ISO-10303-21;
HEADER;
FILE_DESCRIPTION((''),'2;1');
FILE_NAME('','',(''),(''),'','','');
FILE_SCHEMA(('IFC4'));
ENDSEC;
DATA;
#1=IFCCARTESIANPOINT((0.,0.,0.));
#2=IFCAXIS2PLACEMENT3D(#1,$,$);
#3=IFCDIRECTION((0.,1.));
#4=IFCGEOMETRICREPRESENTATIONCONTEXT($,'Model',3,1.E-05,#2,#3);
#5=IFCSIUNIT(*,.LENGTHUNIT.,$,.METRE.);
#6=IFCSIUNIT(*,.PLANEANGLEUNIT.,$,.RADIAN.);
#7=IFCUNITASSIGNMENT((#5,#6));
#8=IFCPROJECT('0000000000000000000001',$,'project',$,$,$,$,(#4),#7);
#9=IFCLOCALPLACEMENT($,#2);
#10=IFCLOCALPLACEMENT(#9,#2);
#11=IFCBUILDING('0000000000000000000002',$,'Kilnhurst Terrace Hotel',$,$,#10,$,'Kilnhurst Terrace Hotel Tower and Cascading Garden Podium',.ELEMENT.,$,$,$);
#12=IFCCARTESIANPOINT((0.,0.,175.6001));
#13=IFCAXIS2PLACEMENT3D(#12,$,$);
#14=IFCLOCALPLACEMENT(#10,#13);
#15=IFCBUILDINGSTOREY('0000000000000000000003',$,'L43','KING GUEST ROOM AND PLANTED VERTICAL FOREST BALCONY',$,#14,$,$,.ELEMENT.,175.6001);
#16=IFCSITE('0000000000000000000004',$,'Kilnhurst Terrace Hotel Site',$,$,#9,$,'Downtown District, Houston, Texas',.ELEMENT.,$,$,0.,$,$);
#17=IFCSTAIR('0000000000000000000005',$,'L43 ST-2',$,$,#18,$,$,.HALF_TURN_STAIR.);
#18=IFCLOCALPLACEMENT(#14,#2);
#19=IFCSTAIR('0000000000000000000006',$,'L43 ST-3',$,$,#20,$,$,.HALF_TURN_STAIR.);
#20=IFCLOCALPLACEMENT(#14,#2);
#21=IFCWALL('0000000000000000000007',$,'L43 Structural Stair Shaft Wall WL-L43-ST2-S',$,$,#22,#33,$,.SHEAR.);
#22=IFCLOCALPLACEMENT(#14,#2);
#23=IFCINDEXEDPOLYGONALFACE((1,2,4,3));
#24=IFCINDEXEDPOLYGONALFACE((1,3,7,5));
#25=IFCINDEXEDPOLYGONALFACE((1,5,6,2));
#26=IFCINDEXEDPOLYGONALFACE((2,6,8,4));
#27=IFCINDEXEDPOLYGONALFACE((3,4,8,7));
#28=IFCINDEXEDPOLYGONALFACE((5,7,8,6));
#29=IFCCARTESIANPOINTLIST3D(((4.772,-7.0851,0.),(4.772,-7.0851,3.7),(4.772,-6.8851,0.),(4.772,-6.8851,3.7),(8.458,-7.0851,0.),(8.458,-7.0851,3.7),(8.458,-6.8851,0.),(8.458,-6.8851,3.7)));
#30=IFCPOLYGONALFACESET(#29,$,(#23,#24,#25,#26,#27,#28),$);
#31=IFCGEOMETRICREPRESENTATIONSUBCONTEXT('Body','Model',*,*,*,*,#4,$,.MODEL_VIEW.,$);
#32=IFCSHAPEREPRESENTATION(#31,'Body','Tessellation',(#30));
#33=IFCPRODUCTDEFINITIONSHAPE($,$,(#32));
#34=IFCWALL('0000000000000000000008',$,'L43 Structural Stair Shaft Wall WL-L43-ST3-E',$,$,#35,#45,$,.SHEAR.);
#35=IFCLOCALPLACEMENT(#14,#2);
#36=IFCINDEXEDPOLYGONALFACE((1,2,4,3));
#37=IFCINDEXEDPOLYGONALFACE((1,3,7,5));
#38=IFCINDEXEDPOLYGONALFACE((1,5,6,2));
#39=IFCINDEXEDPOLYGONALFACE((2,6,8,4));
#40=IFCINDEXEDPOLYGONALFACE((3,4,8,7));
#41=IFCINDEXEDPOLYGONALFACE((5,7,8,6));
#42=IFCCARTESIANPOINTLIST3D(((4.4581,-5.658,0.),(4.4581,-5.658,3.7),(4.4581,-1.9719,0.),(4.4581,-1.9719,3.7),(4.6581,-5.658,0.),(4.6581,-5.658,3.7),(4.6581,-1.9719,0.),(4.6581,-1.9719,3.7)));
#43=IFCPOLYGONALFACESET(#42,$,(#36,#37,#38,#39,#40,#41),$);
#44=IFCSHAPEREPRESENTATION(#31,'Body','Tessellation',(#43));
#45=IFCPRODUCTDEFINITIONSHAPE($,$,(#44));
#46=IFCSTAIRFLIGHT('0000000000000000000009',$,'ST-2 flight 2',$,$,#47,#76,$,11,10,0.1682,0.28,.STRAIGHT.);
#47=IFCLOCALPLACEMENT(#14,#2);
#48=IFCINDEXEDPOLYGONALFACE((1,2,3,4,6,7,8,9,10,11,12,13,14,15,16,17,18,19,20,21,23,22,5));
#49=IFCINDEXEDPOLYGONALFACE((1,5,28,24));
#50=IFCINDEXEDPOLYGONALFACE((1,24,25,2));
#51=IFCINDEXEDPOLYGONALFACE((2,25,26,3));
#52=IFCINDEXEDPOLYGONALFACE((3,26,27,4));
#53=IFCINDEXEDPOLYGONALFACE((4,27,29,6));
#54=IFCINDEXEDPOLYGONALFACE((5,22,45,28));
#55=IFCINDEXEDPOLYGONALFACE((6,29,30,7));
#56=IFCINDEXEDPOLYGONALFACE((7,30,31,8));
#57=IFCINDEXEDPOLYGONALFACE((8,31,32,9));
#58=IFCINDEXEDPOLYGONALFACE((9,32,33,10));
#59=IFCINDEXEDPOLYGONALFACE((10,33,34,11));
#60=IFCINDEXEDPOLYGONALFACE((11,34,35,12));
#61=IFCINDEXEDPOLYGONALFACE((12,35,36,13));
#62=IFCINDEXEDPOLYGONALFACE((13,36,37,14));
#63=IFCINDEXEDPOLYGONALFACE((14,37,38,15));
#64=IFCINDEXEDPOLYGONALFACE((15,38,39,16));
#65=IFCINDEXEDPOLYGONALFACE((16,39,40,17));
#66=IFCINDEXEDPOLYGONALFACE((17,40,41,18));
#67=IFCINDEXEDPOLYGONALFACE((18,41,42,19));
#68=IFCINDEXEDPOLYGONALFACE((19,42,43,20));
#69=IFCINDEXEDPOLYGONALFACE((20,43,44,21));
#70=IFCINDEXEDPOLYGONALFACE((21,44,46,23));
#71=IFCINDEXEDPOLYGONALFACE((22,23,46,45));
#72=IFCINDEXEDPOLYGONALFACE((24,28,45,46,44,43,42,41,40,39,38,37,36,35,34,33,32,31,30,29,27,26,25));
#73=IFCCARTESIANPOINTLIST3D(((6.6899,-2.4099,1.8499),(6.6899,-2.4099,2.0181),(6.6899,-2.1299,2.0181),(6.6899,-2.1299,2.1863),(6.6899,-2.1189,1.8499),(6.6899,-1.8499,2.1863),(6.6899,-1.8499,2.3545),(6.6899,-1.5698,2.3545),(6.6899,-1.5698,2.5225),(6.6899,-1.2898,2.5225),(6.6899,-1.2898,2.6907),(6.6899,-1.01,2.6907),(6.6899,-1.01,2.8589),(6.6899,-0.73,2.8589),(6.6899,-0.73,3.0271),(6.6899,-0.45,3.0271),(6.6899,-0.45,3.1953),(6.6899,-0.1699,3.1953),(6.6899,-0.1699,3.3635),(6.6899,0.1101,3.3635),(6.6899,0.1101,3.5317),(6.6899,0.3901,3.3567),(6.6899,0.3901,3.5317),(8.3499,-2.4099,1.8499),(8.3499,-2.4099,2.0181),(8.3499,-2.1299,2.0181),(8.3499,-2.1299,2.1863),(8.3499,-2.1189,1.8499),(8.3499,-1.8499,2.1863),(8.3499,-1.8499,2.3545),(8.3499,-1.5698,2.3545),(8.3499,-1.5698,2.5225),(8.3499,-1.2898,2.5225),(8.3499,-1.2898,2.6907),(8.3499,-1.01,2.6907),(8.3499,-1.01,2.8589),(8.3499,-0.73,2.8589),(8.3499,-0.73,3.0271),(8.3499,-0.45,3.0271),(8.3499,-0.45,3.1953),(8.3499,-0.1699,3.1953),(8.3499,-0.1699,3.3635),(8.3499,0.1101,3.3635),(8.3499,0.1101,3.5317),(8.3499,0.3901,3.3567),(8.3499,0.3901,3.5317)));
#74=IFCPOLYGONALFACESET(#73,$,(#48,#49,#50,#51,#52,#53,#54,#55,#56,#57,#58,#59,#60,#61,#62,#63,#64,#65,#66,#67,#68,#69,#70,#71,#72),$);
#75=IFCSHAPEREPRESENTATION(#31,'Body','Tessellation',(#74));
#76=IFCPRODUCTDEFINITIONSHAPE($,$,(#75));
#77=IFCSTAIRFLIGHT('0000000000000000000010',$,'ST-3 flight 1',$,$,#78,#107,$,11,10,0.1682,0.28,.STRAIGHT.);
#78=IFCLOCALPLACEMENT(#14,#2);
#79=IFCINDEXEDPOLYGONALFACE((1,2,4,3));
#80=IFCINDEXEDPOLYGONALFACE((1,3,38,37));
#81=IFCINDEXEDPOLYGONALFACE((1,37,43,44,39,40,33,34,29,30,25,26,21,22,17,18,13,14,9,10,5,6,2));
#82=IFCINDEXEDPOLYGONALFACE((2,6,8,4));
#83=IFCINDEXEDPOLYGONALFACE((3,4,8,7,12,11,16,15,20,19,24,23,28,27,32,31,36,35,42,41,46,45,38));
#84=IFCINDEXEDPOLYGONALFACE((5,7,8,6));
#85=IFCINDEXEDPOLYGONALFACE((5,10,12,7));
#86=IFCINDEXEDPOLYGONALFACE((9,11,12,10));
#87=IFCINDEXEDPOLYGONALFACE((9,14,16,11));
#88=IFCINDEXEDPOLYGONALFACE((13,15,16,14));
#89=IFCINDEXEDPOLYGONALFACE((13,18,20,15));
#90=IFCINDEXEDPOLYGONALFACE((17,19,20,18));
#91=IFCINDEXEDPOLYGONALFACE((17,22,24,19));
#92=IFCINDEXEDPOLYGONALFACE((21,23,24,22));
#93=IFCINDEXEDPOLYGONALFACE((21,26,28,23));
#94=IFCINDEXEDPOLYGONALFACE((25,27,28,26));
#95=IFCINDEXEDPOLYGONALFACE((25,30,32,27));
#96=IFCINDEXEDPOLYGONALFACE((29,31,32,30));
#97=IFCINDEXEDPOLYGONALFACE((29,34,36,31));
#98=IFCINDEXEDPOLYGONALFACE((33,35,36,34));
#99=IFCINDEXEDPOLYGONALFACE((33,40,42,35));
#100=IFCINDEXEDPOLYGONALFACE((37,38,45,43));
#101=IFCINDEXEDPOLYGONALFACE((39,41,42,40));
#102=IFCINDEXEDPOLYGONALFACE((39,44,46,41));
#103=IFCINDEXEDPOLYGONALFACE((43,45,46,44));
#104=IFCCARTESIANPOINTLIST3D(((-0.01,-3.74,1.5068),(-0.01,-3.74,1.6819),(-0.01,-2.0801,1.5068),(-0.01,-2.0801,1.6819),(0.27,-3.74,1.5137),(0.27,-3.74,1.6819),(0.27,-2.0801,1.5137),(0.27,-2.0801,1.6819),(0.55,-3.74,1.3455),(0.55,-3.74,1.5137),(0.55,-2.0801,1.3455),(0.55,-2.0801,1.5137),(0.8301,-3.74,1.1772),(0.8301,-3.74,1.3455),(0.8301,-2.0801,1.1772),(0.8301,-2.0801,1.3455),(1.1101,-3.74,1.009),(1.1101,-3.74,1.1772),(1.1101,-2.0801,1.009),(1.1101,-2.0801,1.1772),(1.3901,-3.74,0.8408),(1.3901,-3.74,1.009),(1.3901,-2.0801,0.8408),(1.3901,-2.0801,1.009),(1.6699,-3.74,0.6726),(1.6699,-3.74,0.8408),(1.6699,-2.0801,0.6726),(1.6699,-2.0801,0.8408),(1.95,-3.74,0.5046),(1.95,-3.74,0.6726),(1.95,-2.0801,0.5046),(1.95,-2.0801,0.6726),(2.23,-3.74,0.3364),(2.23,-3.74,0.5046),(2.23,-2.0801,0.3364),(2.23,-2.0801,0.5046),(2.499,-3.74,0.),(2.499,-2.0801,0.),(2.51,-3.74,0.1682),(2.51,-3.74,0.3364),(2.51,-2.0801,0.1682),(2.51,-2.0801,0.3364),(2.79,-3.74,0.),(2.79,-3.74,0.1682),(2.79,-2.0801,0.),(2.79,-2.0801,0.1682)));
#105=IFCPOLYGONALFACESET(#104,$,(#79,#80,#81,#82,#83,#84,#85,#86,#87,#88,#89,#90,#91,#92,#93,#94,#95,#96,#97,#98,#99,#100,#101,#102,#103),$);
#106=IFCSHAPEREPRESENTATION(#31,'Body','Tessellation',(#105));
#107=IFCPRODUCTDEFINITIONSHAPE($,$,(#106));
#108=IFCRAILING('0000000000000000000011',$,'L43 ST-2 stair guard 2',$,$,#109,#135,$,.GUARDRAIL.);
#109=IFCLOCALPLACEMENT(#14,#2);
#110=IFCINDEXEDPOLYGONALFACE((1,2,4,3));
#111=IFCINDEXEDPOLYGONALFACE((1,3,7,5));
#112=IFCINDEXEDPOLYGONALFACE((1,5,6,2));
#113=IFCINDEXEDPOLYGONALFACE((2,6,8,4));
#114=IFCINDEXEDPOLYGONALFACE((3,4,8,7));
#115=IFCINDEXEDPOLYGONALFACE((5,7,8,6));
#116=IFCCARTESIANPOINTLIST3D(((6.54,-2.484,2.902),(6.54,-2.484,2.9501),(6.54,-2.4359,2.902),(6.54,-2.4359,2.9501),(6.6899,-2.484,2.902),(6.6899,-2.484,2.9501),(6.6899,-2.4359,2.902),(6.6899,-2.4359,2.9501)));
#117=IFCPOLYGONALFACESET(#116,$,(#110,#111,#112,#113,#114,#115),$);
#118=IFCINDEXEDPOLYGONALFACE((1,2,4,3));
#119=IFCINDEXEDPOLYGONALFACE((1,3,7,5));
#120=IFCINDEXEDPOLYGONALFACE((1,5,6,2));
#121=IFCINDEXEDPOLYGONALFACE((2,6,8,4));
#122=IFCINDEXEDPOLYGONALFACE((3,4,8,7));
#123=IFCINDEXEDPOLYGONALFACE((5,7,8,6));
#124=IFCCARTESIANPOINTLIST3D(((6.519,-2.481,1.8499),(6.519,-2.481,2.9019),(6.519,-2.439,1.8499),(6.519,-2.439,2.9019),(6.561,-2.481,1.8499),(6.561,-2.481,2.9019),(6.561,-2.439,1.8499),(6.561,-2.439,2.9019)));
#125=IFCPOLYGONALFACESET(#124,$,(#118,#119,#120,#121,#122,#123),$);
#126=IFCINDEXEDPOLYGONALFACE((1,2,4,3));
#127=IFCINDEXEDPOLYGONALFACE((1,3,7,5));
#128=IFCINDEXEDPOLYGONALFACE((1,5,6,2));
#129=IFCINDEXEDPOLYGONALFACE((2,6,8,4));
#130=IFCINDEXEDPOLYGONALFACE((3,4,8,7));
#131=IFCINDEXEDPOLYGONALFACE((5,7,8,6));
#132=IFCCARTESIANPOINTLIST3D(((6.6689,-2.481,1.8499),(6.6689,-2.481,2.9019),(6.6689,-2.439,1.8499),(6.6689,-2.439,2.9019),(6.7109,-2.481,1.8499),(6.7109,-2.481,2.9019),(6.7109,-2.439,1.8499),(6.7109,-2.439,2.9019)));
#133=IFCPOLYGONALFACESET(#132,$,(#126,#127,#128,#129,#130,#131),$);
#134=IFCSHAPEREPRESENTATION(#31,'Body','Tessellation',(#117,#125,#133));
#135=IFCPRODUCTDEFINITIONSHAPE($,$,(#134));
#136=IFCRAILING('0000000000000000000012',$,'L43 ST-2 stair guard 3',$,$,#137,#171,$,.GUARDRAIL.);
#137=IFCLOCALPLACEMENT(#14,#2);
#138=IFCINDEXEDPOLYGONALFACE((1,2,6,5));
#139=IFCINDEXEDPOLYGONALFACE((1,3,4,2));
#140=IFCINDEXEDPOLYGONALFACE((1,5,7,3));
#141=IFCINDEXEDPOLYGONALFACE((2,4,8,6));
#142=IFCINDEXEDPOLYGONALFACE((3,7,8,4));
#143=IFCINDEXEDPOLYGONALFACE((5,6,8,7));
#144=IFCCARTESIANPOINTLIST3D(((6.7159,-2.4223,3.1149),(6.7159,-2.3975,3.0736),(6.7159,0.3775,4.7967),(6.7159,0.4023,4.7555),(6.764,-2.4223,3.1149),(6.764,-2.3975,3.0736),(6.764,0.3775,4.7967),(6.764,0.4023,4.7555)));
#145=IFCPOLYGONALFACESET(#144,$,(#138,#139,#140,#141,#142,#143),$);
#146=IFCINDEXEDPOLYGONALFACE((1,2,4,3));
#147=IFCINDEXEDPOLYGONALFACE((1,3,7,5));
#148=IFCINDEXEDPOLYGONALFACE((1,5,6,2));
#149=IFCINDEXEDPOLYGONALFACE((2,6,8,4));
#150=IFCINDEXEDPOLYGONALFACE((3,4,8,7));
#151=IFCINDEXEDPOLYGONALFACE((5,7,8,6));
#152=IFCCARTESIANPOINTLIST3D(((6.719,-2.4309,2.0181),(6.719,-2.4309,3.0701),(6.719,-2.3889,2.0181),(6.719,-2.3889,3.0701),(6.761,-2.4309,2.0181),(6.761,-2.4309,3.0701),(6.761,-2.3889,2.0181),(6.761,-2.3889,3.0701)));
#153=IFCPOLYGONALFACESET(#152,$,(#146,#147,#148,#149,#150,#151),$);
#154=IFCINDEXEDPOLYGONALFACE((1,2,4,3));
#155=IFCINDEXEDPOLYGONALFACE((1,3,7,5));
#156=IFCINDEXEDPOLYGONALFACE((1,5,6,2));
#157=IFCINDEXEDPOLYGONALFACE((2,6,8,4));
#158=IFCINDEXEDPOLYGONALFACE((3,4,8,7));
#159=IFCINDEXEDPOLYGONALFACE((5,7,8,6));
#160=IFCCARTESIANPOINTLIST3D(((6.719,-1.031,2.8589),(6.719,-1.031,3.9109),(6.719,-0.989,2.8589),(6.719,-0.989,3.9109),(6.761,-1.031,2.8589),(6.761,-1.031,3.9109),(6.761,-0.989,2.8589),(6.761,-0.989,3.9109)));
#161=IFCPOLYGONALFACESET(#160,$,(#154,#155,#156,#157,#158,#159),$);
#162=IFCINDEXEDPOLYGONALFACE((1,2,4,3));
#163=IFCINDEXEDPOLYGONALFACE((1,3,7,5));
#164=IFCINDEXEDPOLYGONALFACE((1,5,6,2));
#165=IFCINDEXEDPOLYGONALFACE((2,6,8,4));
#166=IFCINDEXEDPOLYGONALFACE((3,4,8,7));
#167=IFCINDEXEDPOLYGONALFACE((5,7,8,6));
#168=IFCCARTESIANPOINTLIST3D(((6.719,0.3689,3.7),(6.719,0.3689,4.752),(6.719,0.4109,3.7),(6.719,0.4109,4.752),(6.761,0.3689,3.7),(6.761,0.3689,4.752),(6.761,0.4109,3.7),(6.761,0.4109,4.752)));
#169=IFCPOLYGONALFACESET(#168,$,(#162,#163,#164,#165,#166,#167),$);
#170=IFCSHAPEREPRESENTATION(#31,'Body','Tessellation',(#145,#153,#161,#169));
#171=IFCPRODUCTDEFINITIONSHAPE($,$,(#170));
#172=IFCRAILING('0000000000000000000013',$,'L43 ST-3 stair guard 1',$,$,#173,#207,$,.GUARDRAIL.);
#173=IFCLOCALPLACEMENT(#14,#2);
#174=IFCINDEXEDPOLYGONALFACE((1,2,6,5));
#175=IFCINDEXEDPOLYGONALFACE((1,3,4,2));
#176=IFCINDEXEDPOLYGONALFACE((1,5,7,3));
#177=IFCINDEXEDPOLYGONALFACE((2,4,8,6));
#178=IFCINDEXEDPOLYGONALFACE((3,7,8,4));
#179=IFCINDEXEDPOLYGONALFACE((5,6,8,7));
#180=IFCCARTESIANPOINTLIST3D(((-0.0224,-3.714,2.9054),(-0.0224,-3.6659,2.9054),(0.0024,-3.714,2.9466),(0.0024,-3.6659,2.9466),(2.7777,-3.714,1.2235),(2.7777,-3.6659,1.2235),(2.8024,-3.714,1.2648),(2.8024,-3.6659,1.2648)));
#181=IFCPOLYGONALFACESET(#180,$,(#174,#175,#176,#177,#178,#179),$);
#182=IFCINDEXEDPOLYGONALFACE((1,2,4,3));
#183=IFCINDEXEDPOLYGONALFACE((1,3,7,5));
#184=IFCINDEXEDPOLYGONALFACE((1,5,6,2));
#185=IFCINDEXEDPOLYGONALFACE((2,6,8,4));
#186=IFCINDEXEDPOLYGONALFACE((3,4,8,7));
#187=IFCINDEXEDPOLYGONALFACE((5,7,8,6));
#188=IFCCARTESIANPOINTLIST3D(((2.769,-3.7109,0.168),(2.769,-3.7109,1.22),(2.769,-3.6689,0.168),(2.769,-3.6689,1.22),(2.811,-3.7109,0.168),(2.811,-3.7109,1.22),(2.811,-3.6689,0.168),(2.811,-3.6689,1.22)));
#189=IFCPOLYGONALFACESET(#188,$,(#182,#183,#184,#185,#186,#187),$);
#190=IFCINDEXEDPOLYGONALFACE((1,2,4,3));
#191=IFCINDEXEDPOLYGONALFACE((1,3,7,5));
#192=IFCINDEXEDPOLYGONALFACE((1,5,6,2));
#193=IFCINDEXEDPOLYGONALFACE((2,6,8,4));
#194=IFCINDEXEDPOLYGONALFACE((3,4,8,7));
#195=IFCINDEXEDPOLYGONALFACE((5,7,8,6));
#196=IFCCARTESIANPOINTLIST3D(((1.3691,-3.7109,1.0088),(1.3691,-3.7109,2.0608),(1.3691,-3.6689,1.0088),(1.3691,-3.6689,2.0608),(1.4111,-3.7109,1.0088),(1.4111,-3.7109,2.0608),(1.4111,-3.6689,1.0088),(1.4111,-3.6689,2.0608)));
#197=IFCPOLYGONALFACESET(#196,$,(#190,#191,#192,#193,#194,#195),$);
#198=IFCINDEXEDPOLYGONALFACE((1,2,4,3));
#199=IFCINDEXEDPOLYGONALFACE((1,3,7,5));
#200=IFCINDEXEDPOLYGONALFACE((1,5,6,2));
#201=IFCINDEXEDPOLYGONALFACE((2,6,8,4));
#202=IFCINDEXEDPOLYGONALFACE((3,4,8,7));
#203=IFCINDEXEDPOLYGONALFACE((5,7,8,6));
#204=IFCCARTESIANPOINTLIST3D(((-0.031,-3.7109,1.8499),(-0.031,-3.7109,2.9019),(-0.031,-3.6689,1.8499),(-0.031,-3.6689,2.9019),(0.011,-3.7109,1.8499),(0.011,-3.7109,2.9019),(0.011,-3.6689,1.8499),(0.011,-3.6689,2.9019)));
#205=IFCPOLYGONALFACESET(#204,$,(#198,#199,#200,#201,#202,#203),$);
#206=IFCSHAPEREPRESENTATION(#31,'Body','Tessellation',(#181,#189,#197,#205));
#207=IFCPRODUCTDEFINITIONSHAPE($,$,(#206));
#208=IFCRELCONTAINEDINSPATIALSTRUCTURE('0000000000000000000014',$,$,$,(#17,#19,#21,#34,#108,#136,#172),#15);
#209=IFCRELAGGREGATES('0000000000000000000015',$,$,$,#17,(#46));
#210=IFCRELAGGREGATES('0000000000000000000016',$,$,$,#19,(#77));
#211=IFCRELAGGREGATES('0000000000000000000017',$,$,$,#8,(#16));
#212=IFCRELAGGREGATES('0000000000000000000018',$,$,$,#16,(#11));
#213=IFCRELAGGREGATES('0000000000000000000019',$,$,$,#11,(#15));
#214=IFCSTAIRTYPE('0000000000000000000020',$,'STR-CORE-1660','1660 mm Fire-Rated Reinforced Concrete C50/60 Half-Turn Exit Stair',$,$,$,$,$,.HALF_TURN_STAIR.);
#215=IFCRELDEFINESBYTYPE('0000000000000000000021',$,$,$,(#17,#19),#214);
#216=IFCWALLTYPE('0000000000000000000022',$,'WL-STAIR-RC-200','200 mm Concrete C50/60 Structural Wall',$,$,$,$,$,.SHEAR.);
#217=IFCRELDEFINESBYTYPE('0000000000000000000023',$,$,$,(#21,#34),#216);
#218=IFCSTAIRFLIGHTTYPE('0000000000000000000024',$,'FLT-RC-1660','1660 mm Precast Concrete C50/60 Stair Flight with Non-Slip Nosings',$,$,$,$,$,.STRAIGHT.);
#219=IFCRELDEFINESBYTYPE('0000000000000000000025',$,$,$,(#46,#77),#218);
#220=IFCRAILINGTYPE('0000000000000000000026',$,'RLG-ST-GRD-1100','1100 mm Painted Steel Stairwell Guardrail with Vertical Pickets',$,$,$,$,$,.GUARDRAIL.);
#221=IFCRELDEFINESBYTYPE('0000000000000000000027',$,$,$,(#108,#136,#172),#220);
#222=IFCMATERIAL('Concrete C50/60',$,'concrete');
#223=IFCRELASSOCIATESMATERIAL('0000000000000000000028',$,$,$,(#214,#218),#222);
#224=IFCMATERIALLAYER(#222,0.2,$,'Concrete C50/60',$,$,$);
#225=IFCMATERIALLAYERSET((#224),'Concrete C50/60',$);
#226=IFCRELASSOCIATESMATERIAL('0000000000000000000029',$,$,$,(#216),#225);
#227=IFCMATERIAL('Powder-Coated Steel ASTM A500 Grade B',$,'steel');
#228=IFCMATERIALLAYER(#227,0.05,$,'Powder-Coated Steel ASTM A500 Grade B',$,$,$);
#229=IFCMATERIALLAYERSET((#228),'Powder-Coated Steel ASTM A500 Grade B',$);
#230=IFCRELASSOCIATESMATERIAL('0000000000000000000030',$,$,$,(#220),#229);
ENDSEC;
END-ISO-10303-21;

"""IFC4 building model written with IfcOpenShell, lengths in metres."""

from ifc_helpers import new_model, si_unit, direction, frame, frame_2d, origin, origin_2d, place, context, subcontext, project, spatial, polyline, rectangle, outline, extrude, material, layer, layer_set, type_object, element, aggregate, save


model = new_model("IFC4")

# Units and contexts
model_context = context("Model", 3, precision=1e-05, world=origin(), true_north=direction((0.0, 1.0)))
body_context = subcontext(model_context, "Body", "Model", "MODEL_VIEW")
ifc_project = project(units=[si_unit("LENGTHUNIT", "METRE"), si_unit("PLANEANGLEUNIT", "RADIAN")], contexts=[model_context])

# Site, building, storey
site_placement = place(None, origin())
site = spatial("IfcSite", under=ifc_project, at=site_placement, Name="Kilnhurst Terrace Hotel Site", LongName="Downtown District, Houston, Texas", CompositionType="ELEMENT", RefElevation=0.0)
building_placement = place(site_placement, origin())
building = spatial("IfcBuilding", under=site, at=building_placement, Name="Kilnhurst Terrace Hotel", LongName="Kilnhurst Terrace Hotel Tower and Cascading Garden Podium", CompositionType="ELEMENT")
storey_placement = place(building_placement, frame((0.0, 0.0, 175.6001)))
storey = spatial("IfcBuildingStorey", under=building, at=storey_placement, Name="L43", Description="KING GUEST ROOM AND PLANTED VERTICAL FOREST BALCONY", CompositionType="ELEMENT", Elevation=175.6001)

# Stairs
ifc_material_1 = material(Name="Concrete C50/60", Category="concrete")
stair_type = type_object("IfcStairType", Name="STR-CORE-1660", Description="1660 mm Fire-Rated Reinforced Concrete C50/60 Half-Turn Exit Stair", PredefinedType="HALF_TURN_STAIR", material=ifc_material_1)
stair_1_placement = place(storey_placement, origin())
stair_1 = element("IfcStair", 1, at=stair_1_placement, inside=storey, type_object=stair_type, Name="L43 ST-2", PredefinedType="HALF_TURN_STAIR")
stair_2_placement = place(storey_placement, origin())
stair_2 = element("IfcStair", 2, at=stair_2_placement, inside=storey, type_object=stair_type, Name="L43 ST-3", PredefinedType="HALF_TURN_STAIR")

# Walls
ifc_layer_1 = layer(ifc_material_1, 0.2, Name="Concrete C50/60")
ifc_layer_set_1 = layer_set([ifc_layer_1], Name="Concrete C50/60")
wall_type_1 = type_object("IfcWallType", Name="WL-STAIR-RC-200", Description="200 mm Concrete C50/60 Structural Wall", PredefinedType="SHEAR", material=ifc_layer_set_1)
for number, where, z_axis, x_axis, name in (
    (3, (4.772, -6.9851, 0.0), (0.0, 0.0, 1.0), (1.0, 0.0, 0.0), "L43 Structural Stair Shaft Wall WL-L43-ST2-S"),
    (4, (4.5581, -5.658, 0.0), (0.0, 0.0, 1.0), (0.0, 1.0, 0.0), "L43 Structural Stair Shaft Wall WL-L43-ST3-E"),
):
    element("IfcWall", number, at=place(storey_placement, frame(where, z_axis=z_axis, x_axis=x_axis)), inside=storey, type_object=wall_type_1, Name=name, PredefinedType="SHEAR", context=body_context, shape_type="SweptSolid", body=[
        extrude(rectangle(XDim=3.686, YDim=0.2, at=frame_2d((1.843, 0.0))), origin(), (0.0, 0.0, 1.0), 3.7),
    ])

# Stair flights
stair_flight_type = type_object("IfcStairFlightType", Name="FLT-RC-1660", Description="1660 mm Precast Concrete C50/60 Stair Flight with Non-Slip Nosings", PredefinedType="STRAIGHT", material=ifc_material_1)
stair_flight_1_placement = place(storey_placement, frame((7.52, -2.4099, 1.8499), z_axis=(0.0, 0.0, 1.0), x_axis=(0.0, 1.0, 0.0)))
stair_flight_1 = element("IfcStairFlight", 5, at=stair_flight_1_placement, type_object=stair_flight_type, Name="ST-2 flight 2", NumberOfRisers=11, NumberOfTreads=10, PredefinedType="STRAIGHT", RiserHeight=0.1682, TreadLength=0.28, context=body_context, shape_type="SweptSolid", body=[
    extrude(outline(polyline([(0.0, 0.0), (0.0, 0.1682), (0.28, 0.1682), (0.28, 0.3364), (0.5601, 0.3364), (0.5601, 0.5046), (0.8401, 0.5046), (0.8401, 0.6726), (1.1201, 0.6726), (1.1201, 0.8408), (1.3999, 0.8408), (1.3999, 1.009), (1.6799, 1.009), (1.6799, 1.1772), (1.96, 1.1772), (1.96, 1.3455), (2.24, 1.3455), (2.24, 1.5137), (2.52, 1.5137), (2.52, 1.6819), (2.8, 1.6819), (2.8, 1.8501), (2.8, 1.5068), (0.291, 0.0), (0.0, 0.0)])), frame((0.0, 0.8301, 0.0), z_axis=(0.0, -1.0, 0.0), x_axis=(1.0, 0.0, 0.0)), (0.0, 0.0, 1.0), 1.6599),
])
aggregate(stair_1, [stair_flight_1])
stair_flight_2_placement = place(storey_placement, frame((2.79, -2.9099, 0.0), z_axis=(0.0, 0.0, 1.0), x_axis=(-1.0, 0.0, 0.0)))
stair_flight_2 = element("IfcStairFlight", 6, at=stair_flight_2_placement, type_object=stair_flight_type, Name="ST-3 flight 1", NumberOfRisers=11, NumberOfTreads=10, PredefinedType="STRAIGHT", RiserHeight=0.1682, TreadLength=0.28, context=body_context, shape_type="SweptSolid", body=[
    extrude(outline(polyline([(0.0, 0.0), (0.0, 0.1682), (0.28, 0.1682), (0.28, 0.3364), (0.5601, 0.3364), (0.5601, 0.5046), (0.8401, 0.5046), (0.8401, 0.6726), (1.1201, 0.6726), (1.1201, 0.8408), (1.3999, 0.8408), (1.3999, 1.009), (1.6799, 1.009), (1.6799, 1.1772), (1.96, 1.1772), (1.96, 1.3455), (2.24, 1.3455), (2.24, 1.5137), (2.52, 1.5137), (2.52, 1.6819), (2.8, 1.6819), (2.8, 1.8501), (2.8, 1.5068), (0.291, 0.0), (0.0, 0.0)])), frame((0.0, 0.8301, 0.0), z_axis=(0.0, -1.0, 0.0), x_axis=(1.0, 0.0, 0.0)), (0.0, 0.0, 1.0), 1.6599),
])
aggregate(stair_2, [stair_flight_2])

# Railings
ifc_material_2 = material(Name="Powder-Coated Steel ASTM A500 Grade B", Category="steel")
ifc_layer_2 = layer(ifc_material_2, 0.05, Name="Powder-Coated Steel ASTM A500 Grade B")
ifc_layer_set_2 = layer_set([ifc_layer_2], Name="Powder-Coated Steel ASTM A500 Grade B")
railing_type_1 = type_object("IfcRailingType", Name="RLG-ST-GRD-1100", Description="1100 mm Painted Steel Stairwell Guardrail with Vertical Pickets", PredefinedType="GUARDRAIL", material=ifc_layer_set_2)
railing_1_placement = place(storey_placement, frame((6.54, -2.46, 1.8499)))
element("IfcRailing", 7, at=railing_1_placement, inside=storey, type_object=railing_type_1, Name="L43 ST-2 stair guard 2", PredefinedType="GUARDRAIL", context=body_context, shape_type="SweptSolid", body=[
    extrude(rectangle(XDim=0.0481, YDim=0.0481, at=origin_2d()), frame((0.0, 0.0, 1.0762), z_axis=(1.0, 0.0, 0.0), x_axis=(0.0, 1.0, 0.0)), (0.0, 0.0, 1.0), 0.1499),
    extrude(rectangle(XDim=0.042, YDim=0.042, at=origin_2d()), origin(), (0.0, 0.0, 1.0), 1.052),
    extrude(rectangle(XDim=0.042, YDim=0.042, at=origin_2d()), frame((0.1499, 0.0, 0.0)), (0.0, 0.0, 1.0), 1.052),
])
railing_2_placement = place(storey_placement, frame((6.74, -2.4099, 2.0181)))
element("IfcRailing", 8, at=railing_2_placement, inside=storey, type_object=railing_type_1, Name="L43 ST-2 stair guard 3", PredefinedType="GUARDRAIL", context=body_context, shape_type="SweptSolid", body=[
    extrude(rectangle(XDim=0.0481, YDim=0.0481, at=origin_2d()), frame((0.0, 0.0, 1.0762), z_axis=(0.0, 0.857222, 0.514946), x_axis=(-1.0, 0.0, 0.0)), (0.0, 0.0, 1.0), 3.2661),
    extrude(rectangle(XDim=0.042, YDim=0.042, at=origin_2d()), origin(), (0.0, 0.0, 1.0), 1.052),
    extrude(rectangle(XDim=0.042, YDim=0.042, at=origin_2d()), frame((0.0, 1.3999, 0.8408)), (0.0, 0.0, 1.0), 1.052),
    extrude(rectangle(XDim=0.042, YDim=0.042, at=origin_2d()), frame((0.0, 2.7998, 1.6819)), (0.0, 0.0, 1.0), 1.052),
])
railing_3_placement = place(storey_placement, frame((2.79, -3.6899, 0.168)))
element("IfcRailing", 9, at=railing_3_placement, inside=storey, type_object=railing_type_1, Name="L43 ST-3 stair guard 1", PredefinedType="GUARDRAIL", context=body_context, shape_type="SweptSolid", body=[
    extrude(rectangle(XDim=0.0481, YDim=0.0481, at=origin_2d()), frame((0.0, 0.0, 1.0762), z_axis=(-0.857242, 0.0, 0.514913), x_axis=(0.0, -1.0, 0.0)), (0.0, 0.0, 1.0), 3.2664),
    extrude(rectangle(XDim=0.042, YDim=0.042, at=origin_2d()), origin(), (0.0, 0.0, 1.0), 1.052),
    extrude(rectangle(XDim=0.042, YDim=0.042, at=origin_2d()), frame((-1.3999, 0.0, 0.8408)), (0.0, 0.0, 1.0), 1.052),
    extrude(rectangle(XDim=0.042, YDim=0.042, at=origin_2d()), frame((-2.8, 0.0, 1.6819)), (0.0, 0.0, 1.0), 1.052),
])

save(model, "model.ifc")
